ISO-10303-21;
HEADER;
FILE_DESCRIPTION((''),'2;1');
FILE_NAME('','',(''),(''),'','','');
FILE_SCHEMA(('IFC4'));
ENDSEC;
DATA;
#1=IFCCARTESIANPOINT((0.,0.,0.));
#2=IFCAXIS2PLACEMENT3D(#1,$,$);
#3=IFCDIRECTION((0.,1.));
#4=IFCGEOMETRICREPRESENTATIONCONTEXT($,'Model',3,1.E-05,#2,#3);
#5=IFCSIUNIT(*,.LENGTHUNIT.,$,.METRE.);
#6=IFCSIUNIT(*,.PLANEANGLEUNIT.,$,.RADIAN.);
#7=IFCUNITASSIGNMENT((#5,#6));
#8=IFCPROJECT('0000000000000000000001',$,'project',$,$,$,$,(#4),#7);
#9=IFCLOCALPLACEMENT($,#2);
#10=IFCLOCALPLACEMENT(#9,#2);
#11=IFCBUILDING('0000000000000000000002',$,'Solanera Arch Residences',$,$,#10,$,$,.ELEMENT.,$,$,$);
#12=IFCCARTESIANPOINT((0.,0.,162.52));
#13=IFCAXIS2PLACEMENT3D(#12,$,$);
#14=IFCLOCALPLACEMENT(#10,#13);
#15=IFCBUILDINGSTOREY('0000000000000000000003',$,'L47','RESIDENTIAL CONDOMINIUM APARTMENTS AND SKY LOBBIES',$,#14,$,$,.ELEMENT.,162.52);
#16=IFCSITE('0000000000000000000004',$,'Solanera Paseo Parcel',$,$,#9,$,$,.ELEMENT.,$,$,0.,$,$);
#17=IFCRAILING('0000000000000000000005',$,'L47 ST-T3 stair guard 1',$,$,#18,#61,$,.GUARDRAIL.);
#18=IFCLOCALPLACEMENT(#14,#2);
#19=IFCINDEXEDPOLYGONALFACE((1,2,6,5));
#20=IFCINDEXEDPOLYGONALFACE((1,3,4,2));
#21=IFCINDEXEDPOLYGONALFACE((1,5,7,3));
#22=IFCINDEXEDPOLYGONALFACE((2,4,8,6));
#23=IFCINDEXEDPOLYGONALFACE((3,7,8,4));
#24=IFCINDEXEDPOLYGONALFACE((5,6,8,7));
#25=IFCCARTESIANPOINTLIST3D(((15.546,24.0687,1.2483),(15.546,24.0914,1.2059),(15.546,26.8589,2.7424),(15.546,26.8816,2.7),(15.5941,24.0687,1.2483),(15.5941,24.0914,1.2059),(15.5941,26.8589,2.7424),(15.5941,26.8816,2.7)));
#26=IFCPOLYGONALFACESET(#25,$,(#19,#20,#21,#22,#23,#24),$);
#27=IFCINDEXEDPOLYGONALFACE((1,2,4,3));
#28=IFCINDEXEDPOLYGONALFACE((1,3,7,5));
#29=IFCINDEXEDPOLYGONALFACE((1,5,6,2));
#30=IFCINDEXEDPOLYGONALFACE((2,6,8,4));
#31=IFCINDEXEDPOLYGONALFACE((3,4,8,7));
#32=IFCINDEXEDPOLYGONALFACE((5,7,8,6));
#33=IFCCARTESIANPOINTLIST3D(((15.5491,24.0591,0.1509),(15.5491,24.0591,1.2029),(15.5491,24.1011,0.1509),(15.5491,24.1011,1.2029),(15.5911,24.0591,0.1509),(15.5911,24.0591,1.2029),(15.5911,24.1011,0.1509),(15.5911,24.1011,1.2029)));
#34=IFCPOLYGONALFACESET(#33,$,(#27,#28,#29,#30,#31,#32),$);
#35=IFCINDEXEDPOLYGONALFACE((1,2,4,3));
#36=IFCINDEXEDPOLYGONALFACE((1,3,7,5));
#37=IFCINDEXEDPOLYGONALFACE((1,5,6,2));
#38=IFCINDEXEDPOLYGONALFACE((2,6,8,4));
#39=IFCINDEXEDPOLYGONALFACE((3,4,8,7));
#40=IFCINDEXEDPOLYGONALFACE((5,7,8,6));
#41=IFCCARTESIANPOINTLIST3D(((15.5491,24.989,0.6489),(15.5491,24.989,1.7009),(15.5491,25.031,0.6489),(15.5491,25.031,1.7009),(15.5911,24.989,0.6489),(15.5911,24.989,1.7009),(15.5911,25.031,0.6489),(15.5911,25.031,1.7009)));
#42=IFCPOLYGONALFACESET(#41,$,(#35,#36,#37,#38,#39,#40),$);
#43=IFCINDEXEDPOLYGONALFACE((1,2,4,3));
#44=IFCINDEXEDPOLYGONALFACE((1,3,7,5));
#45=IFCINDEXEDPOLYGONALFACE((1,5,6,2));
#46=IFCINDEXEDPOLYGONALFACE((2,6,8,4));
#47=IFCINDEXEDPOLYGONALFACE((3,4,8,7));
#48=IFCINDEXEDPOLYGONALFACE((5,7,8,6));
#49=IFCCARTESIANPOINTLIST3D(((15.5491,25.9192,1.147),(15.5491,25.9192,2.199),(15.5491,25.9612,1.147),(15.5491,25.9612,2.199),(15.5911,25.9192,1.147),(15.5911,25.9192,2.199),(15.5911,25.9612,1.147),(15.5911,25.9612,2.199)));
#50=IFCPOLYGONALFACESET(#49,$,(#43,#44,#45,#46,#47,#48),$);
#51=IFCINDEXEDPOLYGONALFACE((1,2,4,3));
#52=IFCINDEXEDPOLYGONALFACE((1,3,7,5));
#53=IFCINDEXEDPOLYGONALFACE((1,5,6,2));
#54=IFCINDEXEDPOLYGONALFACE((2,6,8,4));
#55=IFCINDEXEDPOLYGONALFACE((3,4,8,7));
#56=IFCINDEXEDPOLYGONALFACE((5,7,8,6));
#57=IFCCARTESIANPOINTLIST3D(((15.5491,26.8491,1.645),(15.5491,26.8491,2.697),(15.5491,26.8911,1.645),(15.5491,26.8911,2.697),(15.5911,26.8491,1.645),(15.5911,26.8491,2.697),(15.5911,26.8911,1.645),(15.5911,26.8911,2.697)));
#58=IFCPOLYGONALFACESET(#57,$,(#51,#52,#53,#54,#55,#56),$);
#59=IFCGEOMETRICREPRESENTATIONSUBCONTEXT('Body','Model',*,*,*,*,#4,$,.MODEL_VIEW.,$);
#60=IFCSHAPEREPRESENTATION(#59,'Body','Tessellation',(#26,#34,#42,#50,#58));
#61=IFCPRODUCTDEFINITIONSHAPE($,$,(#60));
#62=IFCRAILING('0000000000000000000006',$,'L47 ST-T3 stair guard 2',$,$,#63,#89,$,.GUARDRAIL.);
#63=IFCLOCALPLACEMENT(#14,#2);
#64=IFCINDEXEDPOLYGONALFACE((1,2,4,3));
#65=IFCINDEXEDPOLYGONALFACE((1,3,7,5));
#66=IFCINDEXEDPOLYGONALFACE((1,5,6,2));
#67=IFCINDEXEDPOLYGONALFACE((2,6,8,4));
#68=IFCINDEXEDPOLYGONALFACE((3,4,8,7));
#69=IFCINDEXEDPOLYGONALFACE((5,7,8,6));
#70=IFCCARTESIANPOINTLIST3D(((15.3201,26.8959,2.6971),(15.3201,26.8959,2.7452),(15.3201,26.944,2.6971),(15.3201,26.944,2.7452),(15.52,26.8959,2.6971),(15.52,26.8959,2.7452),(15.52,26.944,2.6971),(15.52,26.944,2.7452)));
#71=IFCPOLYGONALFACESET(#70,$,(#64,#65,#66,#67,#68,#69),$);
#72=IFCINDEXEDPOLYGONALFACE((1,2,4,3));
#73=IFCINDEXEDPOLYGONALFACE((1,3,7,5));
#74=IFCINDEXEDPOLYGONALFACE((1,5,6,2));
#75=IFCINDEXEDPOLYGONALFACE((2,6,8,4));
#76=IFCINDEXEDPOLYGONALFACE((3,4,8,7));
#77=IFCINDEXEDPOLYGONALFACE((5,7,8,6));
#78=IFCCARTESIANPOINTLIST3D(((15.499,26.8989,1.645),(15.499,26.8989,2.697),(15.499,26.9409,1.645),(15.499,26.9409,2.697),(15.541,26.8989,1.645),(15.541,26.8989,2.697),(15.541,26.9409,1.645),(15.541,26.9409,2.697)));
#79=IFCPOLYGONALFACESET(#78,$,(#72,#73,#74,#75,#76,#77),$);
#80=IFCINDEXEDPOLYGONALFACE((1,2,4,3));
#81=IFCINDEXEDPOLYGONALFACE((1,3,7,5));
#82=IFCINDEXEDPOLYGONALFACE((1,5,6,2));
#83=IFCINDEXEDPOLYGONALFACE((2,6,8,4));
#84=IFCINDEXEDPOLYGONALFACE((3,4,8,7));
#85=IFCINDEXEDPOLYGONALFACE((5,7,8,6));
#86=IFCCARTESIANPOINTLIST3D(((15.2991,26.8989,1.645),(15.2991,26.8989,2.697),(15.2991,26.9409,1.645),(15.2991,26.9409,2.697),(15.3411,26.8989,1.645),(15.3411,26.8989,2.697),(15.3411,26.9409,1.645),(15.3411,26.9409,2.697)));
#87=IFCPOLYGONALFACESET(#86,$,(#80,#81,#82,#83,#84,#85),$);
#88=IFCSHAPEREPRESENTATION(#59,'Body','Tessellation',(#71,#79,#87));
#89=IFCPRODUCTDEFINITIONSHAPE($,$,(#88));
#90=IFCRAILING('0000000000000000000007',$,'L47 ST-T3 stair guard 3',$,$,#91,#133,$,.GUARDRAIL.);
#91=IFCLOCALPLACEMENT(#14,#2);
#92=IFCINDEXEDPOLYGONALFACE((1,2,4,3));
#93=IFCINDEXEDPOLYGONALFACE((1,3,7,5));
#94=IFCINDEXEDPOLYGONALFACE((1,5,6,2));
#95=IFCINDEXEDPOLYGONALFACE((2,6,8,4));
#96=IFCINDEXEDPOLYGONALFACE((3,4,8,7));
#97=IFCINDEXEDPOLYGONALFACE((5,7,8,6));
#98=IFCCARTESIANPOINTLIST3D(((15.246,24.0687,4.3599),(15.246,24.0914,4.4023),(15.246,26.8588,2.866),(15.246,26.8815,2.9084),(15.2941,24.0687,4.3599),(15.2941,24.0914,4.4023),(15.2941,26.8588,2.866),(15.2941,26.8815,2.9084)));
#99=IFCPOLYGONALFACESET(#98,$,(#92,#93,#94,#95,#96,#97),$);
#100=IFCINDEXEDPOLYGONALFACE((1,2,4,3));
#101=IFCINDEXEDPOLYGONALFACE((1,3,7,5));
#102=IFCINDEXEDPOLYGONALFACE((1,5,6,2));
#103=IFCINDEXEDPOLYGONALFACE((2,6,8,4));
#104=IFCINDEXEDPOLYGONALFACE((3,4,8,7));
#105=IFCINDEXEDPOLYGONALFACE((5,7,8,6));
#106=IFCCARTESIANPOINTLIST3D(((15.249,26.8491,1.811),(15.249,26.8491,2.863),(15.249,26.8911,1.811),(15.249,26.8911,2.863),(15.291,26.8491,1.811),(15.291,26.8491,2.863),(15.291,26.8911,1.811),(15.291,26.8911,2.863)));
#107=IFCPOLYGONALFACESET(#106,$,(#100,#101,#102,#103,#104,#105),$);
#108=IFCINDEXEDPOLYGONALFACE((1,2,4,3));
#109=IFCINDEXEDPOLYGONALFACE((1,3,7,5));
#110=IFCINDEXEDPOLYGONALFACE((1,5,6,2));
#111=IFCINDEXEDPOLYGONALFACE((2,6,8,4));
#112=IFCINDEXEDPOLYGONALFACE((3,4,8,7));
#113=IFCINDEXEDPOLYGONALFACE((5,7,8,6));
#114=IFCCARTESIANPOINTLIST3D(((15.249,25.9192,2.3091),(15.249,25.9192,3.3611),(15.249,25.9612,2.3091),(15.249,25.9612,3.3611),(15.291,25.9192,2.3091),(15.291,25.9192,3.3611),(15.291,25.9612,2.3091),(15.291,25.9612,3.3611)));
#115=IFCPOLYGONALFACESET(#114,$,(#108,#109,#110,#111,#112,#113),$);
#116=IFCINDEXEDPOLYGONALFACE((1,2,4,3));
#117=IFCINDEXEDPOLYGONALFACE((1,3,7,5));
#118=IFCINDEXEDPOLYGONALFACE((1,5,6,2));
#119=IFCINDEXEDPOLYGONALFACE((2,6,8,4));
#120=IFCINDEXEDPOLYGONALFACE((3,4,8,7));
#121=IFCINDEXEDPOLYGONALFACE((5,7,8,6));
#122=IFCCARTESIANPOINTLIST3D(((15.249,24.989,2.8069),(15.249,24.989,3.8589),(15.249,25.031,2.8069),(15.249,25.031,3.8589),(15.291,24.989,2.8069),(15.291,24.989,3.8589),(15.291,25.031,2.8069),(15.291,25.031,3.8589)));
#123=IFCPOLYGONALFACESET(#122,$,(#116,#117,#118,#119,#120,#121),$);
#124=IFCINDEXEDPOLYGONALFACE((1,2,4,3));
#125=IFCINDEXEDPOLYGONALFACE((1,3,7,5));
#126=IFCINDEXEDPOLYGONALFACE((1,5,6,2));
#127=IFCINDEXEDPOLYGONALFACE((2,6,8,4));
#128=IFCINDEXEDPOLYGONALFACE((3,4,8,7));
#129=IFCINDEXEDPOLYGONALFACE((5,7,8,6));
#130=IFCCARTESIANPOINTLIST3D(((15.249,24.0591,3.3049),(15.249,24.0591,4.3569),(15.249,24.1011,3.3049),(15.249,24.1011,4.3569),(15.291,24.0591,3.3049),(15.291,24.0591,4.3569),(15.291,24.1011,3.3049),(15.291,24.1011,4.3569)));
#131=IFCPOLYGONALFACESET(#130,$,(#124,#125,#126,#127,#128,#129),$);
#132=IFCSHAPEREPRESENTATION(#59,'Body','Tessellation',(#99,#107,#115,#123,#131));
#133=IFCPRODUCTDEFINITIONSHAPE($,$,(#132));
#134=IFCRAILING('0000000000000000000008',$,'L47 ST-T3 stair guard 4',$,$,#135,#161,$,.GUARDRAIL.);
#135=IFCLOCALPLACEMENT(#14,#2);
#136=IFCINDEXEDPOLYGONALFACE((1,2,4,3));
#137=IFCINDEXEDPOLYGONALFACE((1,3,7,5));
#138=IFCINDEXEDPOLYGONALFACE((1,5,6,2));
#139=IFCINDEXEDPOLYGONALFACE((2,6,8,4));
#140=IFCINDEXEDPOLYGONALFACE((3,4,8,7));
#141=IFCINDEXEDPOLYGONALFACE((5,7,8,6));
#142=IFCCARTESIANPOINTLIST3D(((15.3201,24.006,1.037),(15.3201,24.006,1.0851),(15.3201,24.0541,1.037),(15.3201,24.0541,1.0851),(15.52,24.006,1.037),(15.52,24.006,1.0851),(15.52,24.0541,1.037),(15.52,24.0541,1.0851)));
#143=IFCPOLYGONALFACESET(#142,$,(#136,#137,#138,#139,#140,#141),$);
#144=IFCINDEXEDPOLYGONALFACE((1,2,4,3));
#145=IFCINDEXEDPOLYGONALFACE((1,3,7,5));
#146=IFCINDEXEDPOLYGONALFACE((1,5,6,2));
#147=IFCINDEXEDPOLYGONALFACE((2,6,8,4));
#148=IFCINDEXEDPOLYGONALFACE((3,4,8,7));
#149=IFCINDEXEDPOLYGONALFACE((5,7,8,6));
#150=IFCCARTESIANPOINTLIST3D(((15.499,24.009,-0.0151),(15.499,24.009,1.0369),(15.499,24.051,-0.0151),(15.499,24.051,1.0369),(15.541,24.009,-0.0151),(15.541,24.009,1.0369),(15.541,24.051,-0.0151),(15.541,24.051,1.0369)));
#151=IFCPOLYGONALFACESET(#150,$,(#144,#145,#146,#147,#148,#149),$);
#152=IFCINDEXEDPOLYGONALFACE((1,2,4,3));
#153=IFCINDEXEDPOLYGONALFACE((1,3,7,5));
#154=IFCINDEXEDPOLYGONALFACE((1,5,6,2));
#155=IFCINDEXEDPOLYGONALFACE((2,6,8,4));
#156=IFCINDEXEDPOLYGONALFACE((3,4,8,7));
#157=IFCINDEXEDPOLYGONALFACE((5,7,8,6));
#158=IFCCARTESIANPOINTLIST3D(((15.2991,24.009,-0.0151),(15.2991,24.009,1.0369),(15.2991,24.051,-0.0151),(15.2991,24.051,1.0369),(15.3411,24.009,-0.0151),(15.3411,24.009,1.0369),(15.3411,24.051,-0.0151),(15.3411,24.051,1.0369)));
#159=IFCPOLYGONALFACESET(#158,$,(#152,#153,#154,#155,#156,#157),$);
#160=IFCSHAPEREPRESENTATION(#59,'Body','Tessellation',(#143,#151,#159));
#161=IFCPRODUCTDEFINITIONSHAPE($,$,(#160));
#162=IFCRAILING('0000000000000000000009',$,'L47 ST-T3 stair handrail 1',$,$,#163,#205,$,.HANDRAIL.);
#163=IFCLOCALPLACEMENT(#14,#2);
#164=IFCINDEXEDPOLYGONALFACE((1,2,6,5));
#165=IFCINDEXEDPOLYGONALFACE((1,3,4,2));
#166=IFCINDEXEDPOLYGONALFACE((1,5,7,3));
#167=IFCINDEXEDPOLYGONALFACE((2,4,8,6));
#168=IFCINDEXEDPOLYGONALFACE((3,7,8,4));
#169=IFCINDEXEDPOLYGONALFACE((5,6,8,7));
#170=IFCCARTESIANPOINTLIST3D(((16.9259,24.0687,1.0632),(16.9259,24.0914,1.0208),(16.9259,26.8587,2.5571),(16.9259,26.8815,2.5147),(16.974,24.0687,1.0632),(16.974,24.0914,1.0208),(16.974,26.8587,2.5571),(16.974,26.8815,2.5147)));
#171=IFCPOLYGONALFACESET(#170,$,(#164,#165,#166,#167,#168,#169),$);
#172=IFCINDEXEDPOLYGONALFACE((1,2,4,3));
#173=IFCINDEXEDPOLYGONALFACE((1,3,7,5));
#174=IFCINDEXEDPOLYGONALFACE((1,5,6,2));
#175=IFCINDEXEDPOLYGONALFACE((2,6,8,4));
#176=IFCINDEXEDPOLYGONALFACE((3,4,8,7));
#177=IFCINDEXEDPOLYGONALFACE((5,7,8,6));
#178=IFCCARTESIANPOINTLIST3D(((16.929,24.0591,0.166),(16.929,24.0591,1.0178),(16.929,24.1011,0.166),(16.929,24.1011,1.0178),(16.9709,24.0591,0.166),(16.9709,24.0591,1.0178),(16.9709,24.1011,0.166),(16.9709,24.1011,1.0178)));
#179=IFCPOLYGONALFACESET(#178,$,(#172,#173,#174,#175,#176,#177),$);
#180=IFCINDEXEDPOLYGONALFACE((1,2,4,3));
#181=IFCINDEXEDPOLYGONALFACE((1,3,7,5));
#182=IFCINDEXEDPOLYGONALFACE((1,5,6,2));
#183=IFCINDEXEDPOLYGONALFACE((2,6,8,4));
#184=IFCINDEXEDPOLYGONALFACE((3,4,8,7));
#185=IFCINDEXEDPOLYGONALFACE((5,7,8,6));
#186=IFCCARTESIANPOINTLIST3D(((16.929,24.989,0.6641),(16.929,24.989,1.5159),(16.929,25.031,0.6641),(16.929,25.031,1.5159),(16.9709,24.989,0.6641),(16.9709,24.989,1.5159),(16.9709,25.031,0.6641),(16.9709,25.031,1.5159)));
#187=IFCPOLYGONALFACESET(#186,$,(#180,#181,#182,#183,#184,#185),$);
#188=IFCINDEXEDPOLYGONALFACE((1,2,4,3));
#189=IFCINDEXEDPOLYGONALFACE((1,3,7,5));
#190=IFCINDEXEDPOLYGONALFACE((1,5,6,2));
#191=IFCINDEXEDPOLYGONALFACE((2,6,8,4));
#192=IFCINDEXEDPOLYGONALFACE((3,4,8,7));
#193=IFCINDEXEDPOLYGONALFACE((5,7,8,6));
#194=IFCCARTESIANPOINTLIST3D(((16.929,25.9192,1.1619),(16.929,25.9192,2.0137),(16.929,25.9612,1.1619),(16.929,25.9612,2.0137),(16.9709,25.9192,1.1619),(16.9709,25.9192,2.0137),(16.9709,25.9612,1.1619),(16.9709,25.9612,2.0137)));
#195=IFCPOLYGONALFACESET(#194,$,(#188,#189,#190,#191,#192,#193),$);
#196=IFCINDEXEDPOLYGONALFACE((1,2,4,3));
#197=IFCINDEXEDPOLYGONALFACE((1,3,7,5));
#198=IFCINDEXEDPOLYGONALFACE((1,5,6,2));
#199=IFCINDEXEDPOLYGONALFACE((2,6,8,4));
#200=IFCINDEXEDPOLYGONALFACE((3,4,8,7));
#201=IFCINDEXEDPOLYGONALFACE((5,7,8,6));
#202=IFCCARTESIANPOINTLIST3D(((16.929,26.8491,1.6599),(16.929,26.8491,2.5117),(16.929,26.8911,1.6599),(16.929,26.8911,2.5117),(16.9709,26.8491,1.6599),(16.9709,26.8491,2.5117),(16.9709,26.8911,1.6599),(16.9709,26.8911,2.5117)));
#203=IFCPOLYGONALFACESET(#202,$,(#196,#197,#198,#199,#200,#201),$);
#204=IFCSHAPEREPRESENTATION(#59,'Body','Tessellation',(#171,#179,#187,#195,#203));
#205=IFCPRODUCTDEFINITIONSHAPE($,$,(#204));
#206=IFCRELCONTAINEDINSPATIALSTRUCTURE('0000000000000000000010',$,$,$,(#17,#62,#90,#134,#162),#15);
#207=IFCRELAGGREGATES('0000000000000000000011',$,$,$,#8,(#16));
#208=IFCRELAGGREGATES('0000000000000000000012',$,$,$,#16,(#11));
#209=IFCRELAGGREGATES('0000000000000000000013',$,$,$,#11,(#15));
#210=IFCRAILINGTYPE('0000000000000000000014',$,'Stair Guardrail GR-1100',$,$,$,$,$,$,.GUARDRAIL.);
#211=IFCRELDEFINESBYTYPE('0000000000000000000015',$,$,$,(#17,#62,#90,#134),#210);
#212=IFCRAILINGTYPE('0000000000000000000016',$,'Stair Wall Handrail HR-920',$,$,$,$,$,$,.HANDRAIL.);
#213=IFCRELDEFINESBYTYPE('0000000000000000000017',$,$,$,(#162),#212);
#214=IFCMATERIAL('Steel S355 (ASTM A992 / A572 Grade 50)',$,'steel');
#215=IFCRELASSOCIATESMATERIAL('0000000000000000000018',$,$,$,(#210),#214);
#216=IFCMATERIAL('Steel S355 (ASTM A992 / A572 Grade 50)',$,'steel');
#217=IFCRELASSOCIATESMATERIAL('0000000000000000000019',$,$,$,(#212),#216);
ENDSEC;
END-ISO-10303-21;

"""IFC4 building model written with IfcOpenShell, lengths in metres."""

from ifc_helpers import new_model, si_unit, direction, frame, origin, origin_2d, place, context, subcontext, project, spatial, rectangle, extrude, material, type_object, element, save


model = new_model("IFC4")

# Units and contexts
model_context = context("Model", 3, precision=1e-05, world=origin(), true_north=direction((0.0, 1.0)))
body_context = subcontext(model_context, "Body", "Model", "MODEL_VIEW")
ifc_project = project(units=[si_unit("LENGTHUNIT", "METRE"), si_unit("PLANEANGLEUNIT", "RADIAN")], contexts=[model_context])

# Site, building, storey
site_placement = place(None, origin())
site = spatial("IfcSite", under=ifc_project, at=site_placement, Name="Solanera Paseo Parcel", CompositionType="ELEMENT", RefElevation=0.0)
building_placement = place(site_placement, origin())
building = spatial("IfcBuilding", under=site, at=building_placement, Name="Solanera Arch Residences", CompositionType="ELEMENT")
storey_placement = place(building_placement, frame((0.0, 0.0, 162.52)))
storey = spatial("IfcBuildingStorey", under=building, at=storey_placement, Name="L47", Description="RESIDENTIAL CONDOMINIUM APARTMENTS AND SKY LOBBIES", CompositionType="ELEMENT", Elevation=162.52)

# Railings
ifc_material_1 = material(Name="Steel S355 (ASTM A992 / A572 Grade 50)", Category="steel")
railing_type_1 = type_object("IfcRailingType", Name="Stair Guardrail GR-1100", PredefinedType="GUARDRAIL", material=ifc_material_1)
railing_1_placement = place(storey_placement, frame((15.5701, 24.0801, 0.1509)))
element("IfcRailing", 1, at=railing_1_placement, inside=storey, type_object=railing_type_1, Name="L47 ST-T3 stair guard 1", PredefinedType="GUARDRAIL", context=body_context, shape_type="SweptSolid", body=[
    extrude(rectangle(XDim=0.0481, YDim=0.0481, at=origin_2d()), frame((0.0, 0.0, 1.0762), z_axis=(0.0, 0.881549, 0.472093), x_axis=(-1.0, 0.0, 0.0)), (0.0, 0.0, 1.0), 3.165),
    extrude(rectangle(XDim=0.042, YDim=0.042, at=origin_2d()), origin(), (0.0, 0.0, 1.0), 1.052),
    extrude(rectangle(XDim=0.042, YDim=0.042, at=origin_2d()), frame((0.0, 0.9299, 0.498)), (0.0, 0.0, 1.0), 1.052),
    extrude(rectangle(XDim=0.042, YDim=0.042, at=origin_2d()), frame((0.0, 1.8601, 0.9961)), (0.0, 0.0, 1.0), 1.052),
    extrude(rectangle(XDim=0.042, YDim=0.042, at=origin_2d()), frame((0.0, 2.79, 1.4941)), (0.0, 0.0, 1.0), 1.052),
])
railing_2_placement = place(storey_placement, frame((15.52, 26.9199, 1.645)))
element("IfcRailing", 2, at=railing_2_placement, inside=storey, type_object=railing_type_1, Name="L47 ST-T3 stair guard 2", PredefinedType="GUARDRAIL", context=body_context, shape_type="SweptSolid", body=[
    extrude(rectangle(XDim=0.0481, YDim=0.0481, at=origin_2d()), frame((0.0, 0.0, 1.0762), z_axis=(-1.0, 0.0, 0.0), x_axis=(0.0, -1.0, 0.0)), (0.0, 0.0, 1.0), 0.2),
    extrude(rectangle(XDim=0.042, YDim=0.042, at=origin_2d()), origin(), (0.0, 0.0, 1.0), 1.052),
    extrude(rectangle(XDim=0.042, YDim=0.042, at=origin_2d()), frame((-0.2, 0.0, 0.0)), (0.0, 0.0, 1.0), 1.052),
])
railing_3_placement = place(storey_placement, frame((15.27, 26.8701, 1.811)))
element("IfcRailing", 3, at=railing_3_placement, inside=storey, type_object=railing_type_1, Name="L47 ST-T3 stair guard 3", PredefinedType="GUARDRAIL", context=body_context, shape_type="SweptSolid", body=[
    extrude(rectangle(XDim=0.0481, YDim=0.0481, at=origin_2d()), frame((0.0, 0.0, 1.0762), z_axis=(0.0, -0.881581, 0.472033), x_axis=(1.0, 0.0, 0.0)), (0.0, 0.0, 1.0), 3.1648),
    extrude(rectangle(XDim=0.042, YDim=0.042, at=origin_2d()), origin(), (0.0, 0.0, 1.0), 1.052),
    extrude(rectangle(XDim=0.042, YDim=0.042, at=origin_2d()), frame((0.0, -0.9299, 0.498)), (0.0, 0.0, 1.0), 1.052),
    extrude(rectangle(XDim=0.042, YDim=0.042, at=origin_2d()), frame((0.0, -1.8601, 0.9958)), (0.0, 0.0, 1.0), 1.052),
    extrude(rectangle(XDim=0.042, YDim=0.042, at=origin_2d()), frame((0.0, -2.79, 1.4939)), (0.0, 0.0, 1.0), 1.052),
])
railing_4_placement = place(storey_placement, frame((15.52, 24.03, -0.0151)))
element("IfcRailing", 4, at=railing_4_placement, inside=storey, type_object=railing_type_1, Name="L47 ST-T3 stair guard 4", PredefinedType="GUARDRAIL", context=body_context, shape_type="SweptSolid", body=[
    extrude(rectangle(XDim=0.0481, YDim=0.0481, at=origin_2d()), frame((0.0, 0.0, 1.0762), z_axis=(-1.0, 0.0, 0.0), x_axis=(0.0, -1.0, 0.0)), (0.0, 0.0, 1.0), 0.2),
    extrude(rectangle(XDim=0.042, YDim=0.042, at=origin_2d()), origin(), (0.0, 0.0, 1.0), 1.052),
    extrude(rectangle(XDim=0.042, YDim=0.042, at=origin_2d()), frame((-0.2, 0.0, 0.0)), (0.0, 0.0, 1.0), 1.052),
])
ifc_material_2 = material(Name="Steel S355 (ASTM A992 / A572 Grade 50)", Category="steel")
railing_type_2 = type_object("IfcRailingType", Name="Stair Wall Handrail HR-920", PredefinedType="HANDRAIL", material=ifc_material_2)
railing_5_placement = place(storey_placement, frame((16.95, 24.0801, 0.166)))
element("IfcRailing", 5, at=railing_5_placement, inside=storey, type_object=railing_type_2, Name="L47 ST-T3 stair handrail 1", PredefinedType="HANDRAIL", context=body_context, shape_type="SweptSolid", body=[
    extrude(rectangle(XDim=0.0481, YDim=0.0481, at=origin_2d()), frame((0.0, 0.0, 0.876), z_axis=(0.0, 0.881581, 0.472033), x_axis=(-1.0, 0.0, 0.0)), (0.0, 0.0, 1.0), 3.1648),
    extrude(rectangle(XDim=0.042, YDim=0.042, at=origin_2d()), origin(), (0.0, 0.0, 1.0), 0.8518),
    extrude(rectangle(XDim=0.042, YDim=0.042, at=origin_2d()), frame((0.0, 0.9299, 0.498)), (0.0, 0.0, 1.0), 0.8518),
    extrude(rectangle(XDim=0.042, YDim=0.042, at=origin_2d()), frame((0.0, 1.8601, 0.9958)), (0.0, 0.0, 1.0), 0.8518),
    extrude(rectangle(XDim=0.042, YDim=0.042, at=origin_2d()), frame((0.0, 2.79, 1.4939)), (0.0, 0.0, 1.0), 0.8518),
])

save(model, "model.ifc")
